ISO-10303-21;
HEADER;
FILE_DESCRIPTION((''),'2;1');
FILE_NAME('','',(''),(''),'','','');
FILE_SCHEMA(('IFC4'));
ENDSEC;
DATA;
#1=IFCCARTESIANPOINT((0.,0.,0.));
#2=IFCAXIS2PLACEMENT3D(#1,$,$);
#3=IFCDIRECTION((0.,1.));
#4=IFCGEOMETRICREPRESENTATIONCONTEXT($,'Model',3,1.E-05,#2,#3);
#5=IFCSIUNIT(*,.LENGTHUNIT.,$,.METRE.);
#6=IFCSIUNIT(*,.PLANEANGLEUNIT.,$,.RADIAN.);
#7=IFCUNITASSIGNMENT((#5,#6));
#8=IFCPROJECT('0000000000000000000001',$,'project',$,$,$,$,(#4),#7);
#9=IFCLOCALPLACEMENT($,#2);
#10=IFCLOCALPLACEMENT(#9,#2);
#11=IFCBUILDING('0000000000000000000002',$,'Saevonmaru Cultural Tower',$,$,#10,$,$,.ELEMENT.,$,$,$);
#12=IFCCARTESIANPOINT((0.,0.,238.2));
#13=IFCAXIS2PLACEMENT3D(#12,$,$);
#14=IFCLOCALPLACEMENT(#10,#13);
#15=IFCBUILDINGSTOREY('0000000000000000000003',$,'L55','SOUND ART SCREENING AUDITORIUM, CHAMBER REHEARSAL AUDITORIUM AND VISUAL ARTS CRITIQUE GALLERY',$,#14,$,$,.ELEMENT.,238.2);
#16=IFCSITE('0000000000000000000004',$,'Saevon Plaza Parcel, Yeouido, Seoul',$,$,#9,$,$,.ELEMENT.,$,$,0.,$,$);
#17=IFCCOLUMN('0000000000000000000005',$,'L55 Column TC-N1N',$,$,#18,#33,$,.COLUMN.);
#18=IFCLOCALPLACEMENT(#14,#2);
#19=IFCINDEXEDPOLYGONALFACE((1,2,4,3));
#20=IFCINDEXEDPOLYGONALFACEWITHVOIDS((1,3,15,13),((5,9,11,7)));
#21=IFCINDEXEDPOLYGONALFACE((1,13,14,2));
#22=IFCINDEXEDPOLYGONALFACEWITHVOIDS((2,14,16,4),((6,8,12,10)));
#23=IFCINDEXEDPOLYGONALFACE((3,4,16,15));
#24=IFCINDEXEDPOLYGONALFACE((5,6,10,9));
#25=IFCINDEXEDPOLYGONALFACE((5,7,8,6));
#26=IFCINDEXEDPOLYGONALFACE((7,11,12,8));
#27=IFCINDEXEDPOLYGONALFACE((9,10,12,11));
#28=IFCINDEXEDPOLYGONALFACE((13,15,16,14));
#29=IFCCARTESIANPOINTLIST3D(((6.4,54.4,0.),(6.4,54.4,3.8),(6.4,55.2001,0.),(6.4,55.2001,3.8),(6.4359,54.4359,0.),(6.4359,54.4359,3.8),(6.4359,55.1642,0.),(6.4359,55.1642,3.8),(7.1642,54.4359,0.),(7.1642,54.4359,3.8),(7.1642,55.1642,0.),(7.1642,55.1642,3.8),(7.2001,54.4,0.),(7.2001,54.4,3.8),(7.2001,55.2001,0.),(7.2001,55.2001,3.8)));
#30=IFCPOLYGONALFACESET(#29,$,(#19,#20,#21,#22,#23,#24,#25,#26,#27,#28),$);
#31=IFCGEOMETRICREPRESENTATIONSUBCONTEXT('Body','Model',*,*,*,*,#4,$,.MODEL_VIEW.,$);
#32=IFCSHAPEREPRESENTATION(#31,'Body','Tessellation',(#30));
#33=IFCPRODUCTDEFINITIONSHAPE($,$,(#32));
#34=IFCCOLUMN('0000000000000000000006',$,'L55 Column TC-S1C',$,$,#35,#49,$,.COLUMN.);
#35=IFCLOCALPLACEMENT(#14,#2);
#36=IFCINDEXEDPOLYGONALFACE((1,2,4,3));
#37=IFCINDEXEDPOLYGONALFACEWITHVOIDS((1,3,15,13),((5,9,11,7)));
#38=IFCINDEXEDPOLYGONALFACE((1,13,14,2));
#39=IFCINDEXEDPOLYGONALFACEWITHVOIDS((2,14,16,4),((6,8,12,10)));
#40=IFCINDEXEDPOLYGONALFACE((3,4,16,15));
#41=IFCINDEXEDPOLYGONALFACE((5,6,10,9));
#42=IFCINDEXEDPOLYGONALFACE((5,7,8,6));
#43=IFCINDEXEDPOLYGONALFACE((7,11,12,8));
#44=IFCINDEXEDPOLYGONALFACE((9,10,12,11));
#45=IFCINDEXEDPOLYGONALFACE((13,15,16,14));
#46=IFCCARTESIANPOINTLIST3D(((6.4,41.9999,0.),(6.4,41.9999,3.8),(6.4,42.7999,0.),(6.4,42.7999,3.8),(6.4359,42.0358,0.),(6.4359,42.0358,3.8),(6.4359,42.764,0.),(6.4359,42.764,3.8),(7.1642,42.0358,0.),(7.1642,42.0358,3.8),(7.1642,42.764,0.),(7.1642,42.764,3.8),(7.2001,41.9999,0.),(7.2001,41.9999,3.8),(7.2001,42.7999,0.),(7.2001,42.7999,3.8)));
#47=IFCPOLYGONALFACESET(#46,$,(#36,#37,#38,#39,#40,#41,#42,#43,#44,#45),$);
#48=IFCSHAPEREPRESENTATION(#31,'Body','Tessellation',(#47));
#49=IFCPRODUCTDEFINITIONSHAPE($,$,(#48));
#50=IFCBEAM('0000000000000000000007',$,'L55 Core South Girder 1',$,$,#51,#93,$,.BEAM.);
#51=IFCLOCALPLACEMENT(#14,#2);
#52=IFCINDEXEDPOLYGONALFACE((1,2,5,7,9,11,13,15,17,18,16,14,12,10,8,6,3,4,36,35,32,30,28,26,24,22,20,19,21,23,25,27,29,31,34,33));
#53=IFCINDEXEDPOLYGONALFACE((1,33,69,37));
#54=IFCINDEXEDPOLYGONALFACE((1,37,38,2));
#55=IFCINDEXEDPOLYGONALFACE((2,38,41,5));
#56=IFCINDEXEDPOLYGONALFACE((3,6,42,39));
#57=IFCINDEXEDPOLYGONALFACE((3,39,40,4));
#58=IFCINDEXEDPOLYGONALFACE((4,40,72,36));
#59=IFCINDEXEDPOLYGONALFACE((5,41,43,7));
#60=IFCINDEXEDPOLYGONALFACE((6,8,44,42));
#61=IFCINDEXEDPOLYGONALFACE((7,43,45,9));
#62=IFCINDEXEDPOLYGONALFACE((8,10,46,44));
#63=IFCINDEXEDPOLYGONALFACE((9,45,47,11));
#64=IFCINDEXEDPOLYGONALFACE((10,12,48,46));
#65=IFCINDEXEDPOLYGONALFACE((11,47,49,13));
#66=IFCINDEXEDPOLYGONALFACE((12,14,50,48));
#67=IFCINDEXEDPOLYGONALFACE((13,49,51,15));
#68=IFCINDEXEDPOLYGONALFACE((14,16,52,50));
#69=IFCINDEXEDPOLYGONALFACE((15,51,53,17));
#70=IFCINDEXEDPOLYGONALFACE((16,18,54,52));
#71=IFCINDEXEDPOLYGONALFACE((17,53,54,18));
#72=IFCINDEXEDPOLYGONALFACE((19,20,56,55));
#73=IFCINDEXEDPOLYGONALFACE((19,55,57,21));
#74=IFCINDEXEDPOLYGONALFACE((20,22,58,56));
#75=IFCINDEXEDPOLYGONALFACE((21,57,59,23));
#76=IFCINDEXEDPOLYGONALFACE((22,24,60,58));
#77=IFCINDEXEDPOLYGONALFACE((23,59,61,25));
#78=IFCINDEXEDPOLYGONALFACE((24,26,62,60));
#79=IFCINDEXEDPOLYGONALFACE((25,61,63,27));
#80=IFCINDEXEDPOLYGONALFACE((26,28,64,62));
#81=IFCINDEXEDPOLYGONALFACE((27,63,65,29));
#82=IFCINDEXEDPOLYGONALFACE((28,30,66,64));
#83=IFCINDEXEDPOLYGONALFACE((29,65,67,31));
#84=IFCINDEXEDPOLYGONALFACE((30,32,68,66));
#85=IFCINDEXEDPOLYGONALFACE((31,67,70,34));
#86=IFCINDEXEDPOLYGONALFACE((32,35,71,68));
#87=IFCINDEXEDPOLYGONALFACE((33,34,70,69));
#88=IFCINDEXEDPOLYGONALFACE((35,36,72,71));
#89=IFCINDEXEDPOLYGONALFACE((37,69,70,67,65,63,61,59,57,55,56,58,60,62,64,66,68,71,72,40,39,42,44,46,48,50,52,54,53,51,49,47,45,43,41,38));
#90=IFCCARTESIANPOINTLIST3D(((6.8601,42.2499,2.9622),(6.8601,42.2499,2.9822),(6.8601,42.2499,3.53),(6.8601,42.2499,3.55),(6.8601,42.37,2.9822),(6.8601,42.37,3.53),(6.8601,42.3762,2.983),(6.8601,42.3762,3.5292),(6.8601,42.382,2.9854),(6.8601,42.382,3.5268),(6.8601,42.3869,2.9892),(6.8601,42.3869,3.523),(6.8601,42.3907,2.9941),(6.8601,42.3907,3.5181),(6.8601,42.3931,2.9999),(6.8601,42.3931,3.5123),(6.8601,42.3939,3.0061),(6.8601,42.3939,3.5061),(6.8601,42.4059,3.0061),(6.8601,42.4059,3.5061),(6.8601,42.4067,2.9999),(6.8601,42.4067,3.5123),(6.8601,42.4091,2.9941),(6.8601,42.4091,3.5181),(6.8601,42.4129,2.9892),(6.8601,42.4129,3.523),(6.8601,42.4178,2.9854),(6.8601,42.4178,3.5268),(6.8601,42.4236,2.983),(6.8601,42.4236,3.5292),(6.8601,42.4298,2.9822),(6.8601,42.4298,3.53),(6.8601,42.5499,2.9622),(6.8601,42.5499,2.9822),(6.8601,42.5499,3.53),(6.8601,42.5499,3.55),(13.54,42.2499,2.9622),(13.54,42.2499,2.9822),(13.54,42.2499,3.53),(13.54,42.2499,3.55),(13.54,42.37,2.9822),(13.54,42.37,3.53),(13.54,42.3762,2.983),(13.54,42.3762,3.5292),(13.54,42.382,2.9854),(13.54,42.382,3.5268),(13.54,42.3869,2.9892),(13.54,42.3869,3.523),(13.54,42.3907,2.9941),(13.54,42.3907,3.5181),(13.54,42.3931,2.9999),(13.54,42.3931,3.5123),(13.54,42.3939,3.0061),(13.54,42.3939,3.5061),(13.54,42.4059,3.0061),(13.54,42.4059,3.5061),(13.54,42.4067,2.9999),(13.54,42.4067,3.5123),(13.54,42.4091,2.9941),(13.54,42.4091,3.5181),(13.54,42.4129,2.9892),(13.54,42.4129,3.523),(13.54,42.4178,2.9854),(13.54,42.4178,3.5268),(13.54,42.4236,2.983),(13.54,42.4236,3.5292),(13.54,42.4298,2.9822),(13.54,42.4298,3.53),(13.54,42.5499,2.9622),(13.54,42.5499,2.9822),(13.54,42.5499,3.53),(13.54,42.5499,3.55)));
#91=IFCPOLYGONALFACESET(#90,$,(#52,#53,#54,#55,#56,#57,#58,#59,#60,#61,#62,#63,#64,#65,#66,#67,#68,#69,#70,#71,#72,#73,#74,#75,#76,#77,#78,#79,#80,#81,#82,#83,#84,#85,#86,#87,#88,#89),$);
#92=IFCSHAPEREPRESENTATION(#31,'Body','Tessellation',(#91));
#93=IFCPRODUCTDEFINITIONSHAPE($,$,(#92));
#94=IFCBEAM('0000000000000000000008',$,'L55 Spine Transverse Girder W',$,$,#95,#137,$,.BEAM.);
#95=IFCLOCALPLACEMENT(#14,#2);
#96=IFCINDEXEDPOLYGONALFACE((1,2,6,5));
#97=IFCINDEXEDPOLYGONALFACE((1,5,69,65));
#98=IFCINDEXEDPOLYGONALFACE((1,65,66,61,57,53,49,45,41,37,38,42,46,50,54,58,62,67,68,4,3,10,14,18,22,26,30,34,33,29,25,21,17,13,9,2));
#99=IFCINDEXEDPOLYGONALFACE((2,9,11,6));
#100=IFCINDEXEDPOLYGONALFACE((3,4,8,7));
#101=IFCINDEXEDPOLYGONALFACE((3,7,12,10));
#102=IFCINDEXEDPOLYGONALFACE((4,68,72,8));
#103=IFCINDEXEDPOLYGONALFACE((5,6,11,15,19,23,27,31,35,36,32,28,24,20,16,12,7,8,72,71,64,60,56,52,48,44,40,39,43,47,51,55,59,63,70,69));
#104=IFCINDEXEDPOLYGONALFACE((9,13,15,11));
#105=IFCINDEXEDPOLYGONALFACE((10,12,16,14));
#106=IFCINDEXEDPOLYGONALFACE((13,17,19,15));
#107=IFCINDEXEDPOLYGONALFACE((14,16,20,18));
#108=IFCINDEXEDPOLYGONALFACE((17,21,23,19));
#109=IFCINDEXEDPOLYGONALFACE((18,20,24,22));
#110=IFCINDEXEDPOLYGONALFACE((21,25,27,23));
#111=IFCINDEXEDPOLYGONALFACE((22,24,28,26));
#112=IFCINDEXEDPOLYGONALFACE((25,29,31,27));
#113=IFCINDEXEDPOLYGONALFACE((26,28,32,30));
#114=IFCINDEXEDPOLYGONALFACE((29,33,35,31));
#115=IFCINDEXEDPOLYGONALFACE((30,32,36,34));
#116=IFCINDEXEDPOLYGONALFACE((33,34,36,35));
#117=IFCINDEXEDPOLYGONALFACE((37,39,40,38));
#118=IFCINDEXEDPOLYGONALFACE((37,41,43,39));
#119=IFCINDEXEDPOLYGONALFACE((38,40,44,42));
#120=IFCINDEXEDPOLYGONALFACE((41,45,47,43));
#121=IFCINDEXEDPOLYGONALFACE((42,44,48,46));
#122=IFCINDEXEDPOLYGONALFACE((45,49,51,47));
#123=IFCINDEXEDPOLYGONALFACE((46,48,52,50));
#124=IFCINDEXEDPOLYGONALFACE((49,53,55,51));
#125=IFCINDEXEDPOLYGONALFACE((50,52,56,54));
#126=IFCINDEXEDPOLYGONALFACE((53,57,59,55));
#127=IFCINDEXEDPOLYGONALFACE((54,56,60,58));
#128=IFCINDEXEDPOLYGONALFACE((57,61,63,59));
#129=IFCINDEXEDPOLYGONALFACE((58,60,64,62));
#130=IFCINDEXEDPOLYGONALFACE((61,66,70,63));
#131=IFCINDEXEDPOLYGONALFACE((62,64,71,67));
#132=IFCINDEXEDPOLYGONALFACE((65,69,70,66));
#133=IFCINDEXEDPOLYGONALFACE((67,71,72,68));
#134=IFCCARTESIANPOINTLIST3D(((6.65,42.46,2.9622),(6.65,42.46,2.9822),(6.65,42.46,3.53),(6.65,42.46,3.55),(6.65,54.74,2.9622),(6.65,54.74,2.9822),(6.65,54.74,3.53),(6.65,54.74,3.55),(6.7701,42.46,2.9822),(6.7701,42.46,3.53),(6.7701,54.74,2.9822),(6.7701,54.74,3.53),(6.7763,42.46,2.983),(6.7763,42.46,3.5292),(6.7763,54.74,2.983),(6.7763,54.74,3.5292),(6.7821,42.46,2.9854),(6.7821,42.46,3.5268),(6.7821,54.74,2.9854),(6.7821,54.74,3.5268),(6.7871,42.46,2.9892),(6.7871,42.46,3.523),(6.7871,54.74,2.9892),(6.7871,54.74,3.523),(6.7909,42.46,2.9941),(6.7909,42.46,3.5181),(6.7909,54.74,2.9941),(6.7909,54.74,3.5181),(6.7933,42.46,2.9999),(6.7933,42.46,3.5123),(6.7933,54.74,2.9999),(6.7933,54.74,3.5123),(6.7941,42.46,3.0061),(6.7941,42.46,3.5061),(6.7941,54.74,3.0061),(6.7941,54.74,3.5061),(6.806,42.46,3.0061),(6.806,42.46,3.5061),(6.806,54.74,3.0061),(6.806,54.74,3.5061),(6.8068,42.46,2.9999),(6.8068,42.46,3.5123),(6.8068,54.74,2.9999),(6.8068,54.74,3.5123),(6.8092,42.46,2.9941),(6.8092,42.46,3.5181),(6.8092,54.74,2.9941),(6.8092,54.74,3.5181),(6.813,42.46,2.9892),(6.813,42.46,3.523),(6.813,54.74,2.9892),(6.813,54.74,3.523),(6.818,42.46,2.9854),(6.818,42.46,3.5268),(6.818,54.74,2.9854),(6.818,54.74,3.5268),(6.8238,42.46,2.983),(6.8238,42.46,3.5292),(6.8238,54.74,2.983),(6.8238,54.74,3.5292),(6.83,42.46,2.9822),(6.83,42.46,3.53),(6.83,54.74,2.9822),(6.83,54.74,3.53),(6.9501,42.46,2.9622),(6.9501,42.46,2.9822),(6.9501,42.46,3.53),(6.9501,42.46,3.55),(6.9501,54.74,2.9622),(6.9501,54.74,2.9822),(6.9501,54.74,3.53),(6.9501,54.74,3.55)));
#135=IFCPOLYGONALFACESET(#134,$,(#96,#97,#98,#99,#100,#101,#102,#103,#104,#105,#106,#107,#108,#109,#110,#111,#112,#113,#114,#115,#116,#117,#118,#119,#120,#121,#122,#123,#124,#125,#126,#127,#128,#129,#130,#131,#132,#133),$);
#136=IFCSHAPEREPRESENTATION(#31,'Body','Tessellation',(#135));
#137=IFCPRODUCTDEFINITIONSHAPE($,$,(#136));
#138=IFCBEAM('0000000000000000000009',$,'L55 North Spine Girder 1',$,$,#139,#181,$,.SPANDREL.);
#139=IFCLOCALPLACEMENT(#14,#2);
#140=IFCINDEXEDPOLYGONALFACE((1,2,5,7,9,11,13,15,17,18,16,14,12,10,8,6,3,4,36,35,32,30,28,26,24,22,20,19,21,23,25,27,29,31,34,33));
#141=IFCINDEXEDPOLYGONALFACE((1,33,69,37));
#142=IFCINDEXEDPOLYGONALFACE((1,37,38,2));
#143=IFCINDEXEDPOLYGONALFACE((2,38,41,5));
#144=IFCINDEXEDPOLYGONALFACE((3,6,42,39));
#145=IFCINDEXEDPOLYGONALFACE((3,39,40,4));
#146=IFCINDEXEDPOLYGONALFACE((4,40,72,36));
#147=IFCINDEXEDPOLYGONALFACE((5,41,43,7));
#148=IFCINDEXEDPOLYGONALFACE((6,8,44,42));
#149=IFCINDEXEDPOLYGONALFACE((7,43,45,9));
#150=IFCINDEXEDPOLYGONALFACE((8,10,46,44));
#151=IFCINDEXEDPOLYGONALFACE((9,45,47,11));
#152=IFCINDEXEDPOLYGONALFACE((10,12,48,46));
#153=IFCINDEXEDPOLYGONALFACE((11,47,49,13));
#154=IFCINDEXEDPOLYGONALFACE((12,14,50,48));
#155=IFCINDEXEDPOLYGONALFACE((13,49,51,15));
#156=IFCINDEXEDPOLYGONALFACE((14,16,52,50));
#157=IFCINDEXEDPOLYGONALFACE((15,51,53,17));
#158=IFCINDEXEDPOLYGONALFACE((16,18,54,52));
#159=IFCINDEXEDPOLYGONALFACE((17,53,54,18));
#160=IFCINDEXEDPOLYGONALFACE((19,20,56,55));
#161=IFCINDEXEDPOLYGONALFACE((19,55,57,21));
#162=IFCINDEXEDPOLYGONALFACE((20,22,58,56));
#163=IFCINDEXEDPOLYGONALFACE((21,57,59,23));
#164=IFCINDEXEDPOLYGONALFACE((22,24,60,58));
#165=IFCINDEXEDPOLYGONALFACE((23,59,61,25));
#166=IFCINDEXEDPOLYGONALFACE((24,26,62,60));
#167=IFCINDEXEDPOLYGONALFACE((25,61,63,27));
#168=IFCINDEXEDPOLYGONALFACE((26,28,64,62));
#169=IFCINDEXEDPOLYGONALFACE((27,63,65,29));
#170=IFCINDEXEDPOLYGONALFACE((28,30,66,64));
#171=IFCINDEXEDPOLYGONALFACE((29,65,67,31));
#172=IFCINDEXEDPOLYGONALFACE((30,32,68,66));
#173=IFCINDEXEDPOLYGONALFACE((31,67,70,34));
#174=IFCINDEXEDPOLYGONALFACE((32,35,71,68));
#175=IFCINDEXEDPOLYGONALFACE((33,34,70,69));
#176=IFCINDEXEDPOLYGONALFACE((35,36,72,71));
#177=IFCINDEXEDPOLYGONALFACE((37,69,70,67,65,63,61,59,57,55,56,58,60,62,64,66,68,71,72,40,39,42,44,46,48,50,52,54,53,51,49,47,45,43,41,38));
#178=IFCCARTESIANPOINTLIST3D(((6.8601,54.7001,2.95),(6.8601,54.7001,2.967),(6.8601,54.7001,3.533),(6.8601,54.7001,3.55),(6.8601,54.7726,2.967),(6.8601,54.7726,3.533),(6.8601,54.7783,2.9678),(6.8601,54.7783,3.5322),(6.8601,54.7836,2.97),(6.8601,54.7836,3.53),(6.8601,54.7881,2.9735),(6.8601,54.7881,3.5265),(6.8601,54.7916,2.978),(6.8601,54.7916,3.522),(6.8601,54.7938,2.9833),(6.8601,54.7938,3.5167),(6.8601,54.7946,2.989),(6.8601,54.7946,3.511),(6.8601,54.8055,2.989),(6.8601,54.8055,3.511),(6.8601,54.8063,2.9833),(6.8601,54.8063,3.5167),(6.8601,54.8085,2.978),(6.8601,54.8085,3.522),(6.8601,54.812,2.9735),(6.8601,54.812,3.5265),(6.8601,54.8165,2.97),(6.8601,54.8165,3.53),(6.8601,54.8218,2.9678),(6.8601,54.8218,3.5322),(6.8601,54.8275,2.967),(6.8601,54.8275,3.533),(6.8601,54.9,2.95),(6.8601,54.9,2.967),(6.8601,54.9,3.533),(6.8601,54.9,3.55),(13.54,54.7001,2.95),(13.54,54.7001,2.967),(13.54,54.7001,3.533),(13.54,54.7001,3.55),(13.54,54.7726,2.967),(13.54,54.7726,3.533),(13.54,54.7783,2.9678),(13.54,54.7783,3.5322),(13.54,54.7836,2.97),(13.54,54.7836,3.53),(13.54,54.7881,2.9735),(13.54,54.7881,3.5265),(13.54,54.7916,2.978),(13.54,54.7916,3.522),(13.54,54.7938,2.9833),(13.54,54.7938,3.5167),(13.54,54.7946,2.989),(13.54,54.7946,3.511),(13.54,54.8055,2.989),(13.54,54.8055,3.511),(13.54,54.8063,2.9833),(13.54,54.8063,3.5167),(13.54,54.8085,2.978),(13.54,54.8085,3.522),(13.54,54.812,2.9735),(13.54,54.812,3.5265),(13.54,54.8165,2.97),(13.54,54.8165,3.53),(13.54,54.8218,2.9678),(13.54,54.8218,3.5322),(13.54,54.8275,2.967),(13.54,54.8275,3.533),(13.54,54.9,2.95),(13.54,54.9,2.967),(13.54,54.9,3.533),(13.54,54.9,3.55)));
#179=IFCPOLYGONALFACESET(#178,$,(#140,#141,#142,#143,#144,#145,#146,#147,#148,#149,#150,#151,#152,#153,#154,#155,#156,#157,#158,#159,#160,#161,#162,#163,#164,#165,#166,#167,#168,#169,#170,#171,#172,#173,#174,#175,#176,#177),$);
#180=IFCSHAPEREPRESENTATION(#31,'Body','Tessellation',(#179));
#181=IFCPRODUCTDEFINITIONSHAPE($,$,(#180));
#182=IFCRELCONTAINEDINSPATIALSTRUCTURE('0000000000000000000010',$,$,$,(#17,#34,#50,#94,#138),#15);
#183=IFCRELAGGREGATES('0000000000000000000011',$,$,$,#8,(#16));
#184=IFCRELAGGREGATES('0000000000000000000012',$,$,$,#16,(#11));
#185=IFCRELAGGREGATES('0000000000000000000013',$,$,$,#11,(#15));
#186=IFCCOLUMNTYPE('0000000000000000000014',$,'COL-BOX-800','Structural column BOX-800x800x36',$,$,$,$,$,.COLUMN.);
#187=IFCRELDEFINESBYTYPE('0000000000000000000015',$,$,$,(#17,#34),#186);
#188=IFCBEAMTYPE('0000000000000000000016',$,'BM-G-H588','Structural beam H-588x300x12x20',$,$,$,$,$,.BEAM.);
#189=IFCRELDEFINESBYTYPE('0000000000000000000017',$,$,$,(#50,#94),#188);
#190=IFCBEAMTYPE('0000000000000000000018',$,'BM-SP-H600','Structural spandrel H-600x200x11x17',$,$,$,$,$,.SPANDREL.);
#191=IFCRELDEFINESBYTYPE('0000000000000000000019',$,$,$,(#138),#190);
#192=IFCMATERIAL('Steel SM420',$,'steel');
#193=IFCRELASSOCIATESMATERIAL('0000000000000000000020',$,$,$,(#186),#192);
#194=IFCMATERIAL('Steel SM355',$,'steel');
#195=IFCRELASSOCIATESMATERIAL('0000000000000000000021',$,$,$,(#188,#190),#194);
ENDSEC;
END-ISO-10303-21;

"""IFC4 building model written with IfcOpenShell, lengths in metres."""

from ifc_helpers import new_model, si_unit, direction, frame, origin, origin_2d, place, context, subcontext, project, spatial, hollow_rectangle, i_section, extrude, material, material_profile, profile_set, type_object, element, save


model = new_model("IFC4")

# Units and contexts
model_context = context("Model", 3, precision=1e-05, world=origin(), true_north=direction((0.0, 1.0)))
body_context = subcontext(model_context, "Body", "Model", "MODEL_VIEW")
ifc_project = project(units=[si_unit("LENGTHUNIT", "METRE"), si_unit("PLANEANGLEUNIT", "RADIAN")], contexts=[model_context])

# Site, building, storey
site_placement = place(None, origin())
site = spatial("IfcSite", under=ifc_project, at=site_placement, Name="Saevon Plaza Parcel, Yeouido, Seoul", CompositionType="ELEMENT", RefElevation=0.0)
building_placement = place(site_placement, origin())
building = spatial("IfcBuilding", under=site, at=building_placement, Name="Saevonmaru Cultural Tower", CompositionType="ELEMENT")
storey_placement = place(building_placement, frame((0.0, 0.0, 238.2)))
storey = spatial("IfcBuildingStorey", under=building, at=storey_placement, Name="L55", Description="SOUND ART SCREENING AUDITORIUM, CHAMBER REHEARSAL AUDITORIUM AND VISUAL ARTS CRITIQUE GALLERY", CompositionType="ELEMENT", Elevation=238.2)

# Columns
ifc_material_1 = material(Name="Steel SM420", Category="steel")
ifc_material_profile_1 = material_profile(ifc_material_1, hollow_rectangle(XDim=0.8, YDim=0.8, WallThickness=0.0359, at=origin_2d()), Name="BOX-800x800x36")
ifc_profile_set_1 = profile_set([ifc_material_profile_1], Name="Steel SM420")
column_type = type_object("IfcColumnType", Name="COL-BOX-800", Description="Structural column BOX-800x800x36", PredefinedType="COLUMN", material=ifc_profile_set_1)
for number, where, z_axis, x_axis, name in (
    (1, (6.8, 54.8, 0.0), (0.0, 0.0, 1.0), (1.0, 0.0, 0.0), "L55 Column TC-N1N"),
    (2, (6.8, 42.3999, 0.0), (0.0, 0.0, 1.0), (1.0, 0.0, 0.0), "L55 Column TC-S1C"),
):
    element("IfcColumn", number, at=place(storey_placement, frame(where, z_axis=z_axis, x_axis=x_axis)), inside=storey, type_object=column_type, Name=name, PredefinedType="COLUMN", context=body_context, shape_type="SweptSolid", body=[
        extrude(hollow_rectangle(XDim=0.8, YDim=0.8, WallThickness=0.0359, at=origin_2d()), origin(), (0.0, 0.0, 1.0), 3.8),
    ])

# Beams
ifc_material_2 = material(Name="Steel SM355", Category="steel")
ifc_material_profile_2 = material_profile(ifc_material_2, i_section(OverallWidth=0.3, OverallDepth=0.5879, WebThickness=0.012, FlangeThickness=0.02, FilletRadius=0.0239, at=origin_2d()), Name="H-588x300x12x20")
ifc_profile_set_2 = profile_set([ifc_material_profile_2], Name="Steel SM355")
beam_type_1 = type_object("IfcBeamType", Name="BM-G-H588", Description="Structural beam H-588x300x12x20", PredefinedType="BEAM", material=ifc_profile_set_2)
beam_1_placement = place(storey_placement, frame((6.8601, 42.3999, 3.2561), z_axis=(1.0, 0.0, 0.0), x_axis=(0.0, 1.0, 0.0)))
element("IfcBeam", 3, at=beam_1_placement, inside=storey, type_object=beam_type_1, Name="L55 Core South Girder 1", PredefinedType="BEAM", context=body_context, shape_type="SweptSolid", body=[
    extrude(i_section(OverallWidth=0.3, OverallDepth=0.5879, WebThickness=0.012, FlangeThickness=0.02, FilletRadius=0.0239, at=origin_2d()), origin(), (0.0, 0.0, 1.0), 6.6799),
])
beam_2_placement = place(storey_placement, frame((6.8, 54.74, 3.2561), z_axis=(0.0, -1.0, 0.0), x_axis=(1.0, 0.0, 0.0)))
element("IfcBeam", 4, at=beam_2_placement, inside=storey, type_object=beam_type_1, Name="L55 Spine Transverse Girder W", PredefinedType="BEAM", context=body_context, shape_type="SweptSolid", body=[
    extrude(i_section(OverallWidth=0.3, OverallDepth=0.5879, WebThickness=0.012, FlangeThickness=0.02, FilletRadius=0.0239, at=origin_2d()), origin(), (0.0, 0.0, 1.0), 12.28),
])
ifc_material_profile_3 = material_profile(ifc_material_2, i_section(OverallWidth=0.2, OverallDepth=0.6001, WebThickness=0.011, FlangeThickness=0.0171, FilletRadius=0.022, at=origin_2d()), Name="H-600x200x11x17")
ifc_profile_set_3 = profile_set([ifc_material_profile_3], Name="Steel SM355")
beam_type_2 = type_object("IfcBeamType", Name="BM-SP-H600", Description="Structural spandrel H-600x200x11x17", PredefinedType="SPANDREL", material=ifc_profile_set_3)
beam_3_placement = place(storey_placement, frame((6.8601, 54.8, 3.25), z_axis=(1.0, 0.0, 0.0), x_axis=(0.0, 1.0, 0.0)))
element("IfcBeam", 5, at=beam_3_placement, inside=storey, type_object=beam_type_2, Name="L55 North Spine Girder 1", PredefinedType="SPANDREL", context=body_context, shape_type="SweptSolid", body=[
    extrude(i_section(OverallWidth=0.2, OverallDepth=0.6001, WebThickness=0.011, FlangeThickness=0.0171, FilletRadius=0.022, at=origin_2d()), origin(), (0.0, 0.0, 1.0), 6.6799),
])

save(model, "model.ifc")
